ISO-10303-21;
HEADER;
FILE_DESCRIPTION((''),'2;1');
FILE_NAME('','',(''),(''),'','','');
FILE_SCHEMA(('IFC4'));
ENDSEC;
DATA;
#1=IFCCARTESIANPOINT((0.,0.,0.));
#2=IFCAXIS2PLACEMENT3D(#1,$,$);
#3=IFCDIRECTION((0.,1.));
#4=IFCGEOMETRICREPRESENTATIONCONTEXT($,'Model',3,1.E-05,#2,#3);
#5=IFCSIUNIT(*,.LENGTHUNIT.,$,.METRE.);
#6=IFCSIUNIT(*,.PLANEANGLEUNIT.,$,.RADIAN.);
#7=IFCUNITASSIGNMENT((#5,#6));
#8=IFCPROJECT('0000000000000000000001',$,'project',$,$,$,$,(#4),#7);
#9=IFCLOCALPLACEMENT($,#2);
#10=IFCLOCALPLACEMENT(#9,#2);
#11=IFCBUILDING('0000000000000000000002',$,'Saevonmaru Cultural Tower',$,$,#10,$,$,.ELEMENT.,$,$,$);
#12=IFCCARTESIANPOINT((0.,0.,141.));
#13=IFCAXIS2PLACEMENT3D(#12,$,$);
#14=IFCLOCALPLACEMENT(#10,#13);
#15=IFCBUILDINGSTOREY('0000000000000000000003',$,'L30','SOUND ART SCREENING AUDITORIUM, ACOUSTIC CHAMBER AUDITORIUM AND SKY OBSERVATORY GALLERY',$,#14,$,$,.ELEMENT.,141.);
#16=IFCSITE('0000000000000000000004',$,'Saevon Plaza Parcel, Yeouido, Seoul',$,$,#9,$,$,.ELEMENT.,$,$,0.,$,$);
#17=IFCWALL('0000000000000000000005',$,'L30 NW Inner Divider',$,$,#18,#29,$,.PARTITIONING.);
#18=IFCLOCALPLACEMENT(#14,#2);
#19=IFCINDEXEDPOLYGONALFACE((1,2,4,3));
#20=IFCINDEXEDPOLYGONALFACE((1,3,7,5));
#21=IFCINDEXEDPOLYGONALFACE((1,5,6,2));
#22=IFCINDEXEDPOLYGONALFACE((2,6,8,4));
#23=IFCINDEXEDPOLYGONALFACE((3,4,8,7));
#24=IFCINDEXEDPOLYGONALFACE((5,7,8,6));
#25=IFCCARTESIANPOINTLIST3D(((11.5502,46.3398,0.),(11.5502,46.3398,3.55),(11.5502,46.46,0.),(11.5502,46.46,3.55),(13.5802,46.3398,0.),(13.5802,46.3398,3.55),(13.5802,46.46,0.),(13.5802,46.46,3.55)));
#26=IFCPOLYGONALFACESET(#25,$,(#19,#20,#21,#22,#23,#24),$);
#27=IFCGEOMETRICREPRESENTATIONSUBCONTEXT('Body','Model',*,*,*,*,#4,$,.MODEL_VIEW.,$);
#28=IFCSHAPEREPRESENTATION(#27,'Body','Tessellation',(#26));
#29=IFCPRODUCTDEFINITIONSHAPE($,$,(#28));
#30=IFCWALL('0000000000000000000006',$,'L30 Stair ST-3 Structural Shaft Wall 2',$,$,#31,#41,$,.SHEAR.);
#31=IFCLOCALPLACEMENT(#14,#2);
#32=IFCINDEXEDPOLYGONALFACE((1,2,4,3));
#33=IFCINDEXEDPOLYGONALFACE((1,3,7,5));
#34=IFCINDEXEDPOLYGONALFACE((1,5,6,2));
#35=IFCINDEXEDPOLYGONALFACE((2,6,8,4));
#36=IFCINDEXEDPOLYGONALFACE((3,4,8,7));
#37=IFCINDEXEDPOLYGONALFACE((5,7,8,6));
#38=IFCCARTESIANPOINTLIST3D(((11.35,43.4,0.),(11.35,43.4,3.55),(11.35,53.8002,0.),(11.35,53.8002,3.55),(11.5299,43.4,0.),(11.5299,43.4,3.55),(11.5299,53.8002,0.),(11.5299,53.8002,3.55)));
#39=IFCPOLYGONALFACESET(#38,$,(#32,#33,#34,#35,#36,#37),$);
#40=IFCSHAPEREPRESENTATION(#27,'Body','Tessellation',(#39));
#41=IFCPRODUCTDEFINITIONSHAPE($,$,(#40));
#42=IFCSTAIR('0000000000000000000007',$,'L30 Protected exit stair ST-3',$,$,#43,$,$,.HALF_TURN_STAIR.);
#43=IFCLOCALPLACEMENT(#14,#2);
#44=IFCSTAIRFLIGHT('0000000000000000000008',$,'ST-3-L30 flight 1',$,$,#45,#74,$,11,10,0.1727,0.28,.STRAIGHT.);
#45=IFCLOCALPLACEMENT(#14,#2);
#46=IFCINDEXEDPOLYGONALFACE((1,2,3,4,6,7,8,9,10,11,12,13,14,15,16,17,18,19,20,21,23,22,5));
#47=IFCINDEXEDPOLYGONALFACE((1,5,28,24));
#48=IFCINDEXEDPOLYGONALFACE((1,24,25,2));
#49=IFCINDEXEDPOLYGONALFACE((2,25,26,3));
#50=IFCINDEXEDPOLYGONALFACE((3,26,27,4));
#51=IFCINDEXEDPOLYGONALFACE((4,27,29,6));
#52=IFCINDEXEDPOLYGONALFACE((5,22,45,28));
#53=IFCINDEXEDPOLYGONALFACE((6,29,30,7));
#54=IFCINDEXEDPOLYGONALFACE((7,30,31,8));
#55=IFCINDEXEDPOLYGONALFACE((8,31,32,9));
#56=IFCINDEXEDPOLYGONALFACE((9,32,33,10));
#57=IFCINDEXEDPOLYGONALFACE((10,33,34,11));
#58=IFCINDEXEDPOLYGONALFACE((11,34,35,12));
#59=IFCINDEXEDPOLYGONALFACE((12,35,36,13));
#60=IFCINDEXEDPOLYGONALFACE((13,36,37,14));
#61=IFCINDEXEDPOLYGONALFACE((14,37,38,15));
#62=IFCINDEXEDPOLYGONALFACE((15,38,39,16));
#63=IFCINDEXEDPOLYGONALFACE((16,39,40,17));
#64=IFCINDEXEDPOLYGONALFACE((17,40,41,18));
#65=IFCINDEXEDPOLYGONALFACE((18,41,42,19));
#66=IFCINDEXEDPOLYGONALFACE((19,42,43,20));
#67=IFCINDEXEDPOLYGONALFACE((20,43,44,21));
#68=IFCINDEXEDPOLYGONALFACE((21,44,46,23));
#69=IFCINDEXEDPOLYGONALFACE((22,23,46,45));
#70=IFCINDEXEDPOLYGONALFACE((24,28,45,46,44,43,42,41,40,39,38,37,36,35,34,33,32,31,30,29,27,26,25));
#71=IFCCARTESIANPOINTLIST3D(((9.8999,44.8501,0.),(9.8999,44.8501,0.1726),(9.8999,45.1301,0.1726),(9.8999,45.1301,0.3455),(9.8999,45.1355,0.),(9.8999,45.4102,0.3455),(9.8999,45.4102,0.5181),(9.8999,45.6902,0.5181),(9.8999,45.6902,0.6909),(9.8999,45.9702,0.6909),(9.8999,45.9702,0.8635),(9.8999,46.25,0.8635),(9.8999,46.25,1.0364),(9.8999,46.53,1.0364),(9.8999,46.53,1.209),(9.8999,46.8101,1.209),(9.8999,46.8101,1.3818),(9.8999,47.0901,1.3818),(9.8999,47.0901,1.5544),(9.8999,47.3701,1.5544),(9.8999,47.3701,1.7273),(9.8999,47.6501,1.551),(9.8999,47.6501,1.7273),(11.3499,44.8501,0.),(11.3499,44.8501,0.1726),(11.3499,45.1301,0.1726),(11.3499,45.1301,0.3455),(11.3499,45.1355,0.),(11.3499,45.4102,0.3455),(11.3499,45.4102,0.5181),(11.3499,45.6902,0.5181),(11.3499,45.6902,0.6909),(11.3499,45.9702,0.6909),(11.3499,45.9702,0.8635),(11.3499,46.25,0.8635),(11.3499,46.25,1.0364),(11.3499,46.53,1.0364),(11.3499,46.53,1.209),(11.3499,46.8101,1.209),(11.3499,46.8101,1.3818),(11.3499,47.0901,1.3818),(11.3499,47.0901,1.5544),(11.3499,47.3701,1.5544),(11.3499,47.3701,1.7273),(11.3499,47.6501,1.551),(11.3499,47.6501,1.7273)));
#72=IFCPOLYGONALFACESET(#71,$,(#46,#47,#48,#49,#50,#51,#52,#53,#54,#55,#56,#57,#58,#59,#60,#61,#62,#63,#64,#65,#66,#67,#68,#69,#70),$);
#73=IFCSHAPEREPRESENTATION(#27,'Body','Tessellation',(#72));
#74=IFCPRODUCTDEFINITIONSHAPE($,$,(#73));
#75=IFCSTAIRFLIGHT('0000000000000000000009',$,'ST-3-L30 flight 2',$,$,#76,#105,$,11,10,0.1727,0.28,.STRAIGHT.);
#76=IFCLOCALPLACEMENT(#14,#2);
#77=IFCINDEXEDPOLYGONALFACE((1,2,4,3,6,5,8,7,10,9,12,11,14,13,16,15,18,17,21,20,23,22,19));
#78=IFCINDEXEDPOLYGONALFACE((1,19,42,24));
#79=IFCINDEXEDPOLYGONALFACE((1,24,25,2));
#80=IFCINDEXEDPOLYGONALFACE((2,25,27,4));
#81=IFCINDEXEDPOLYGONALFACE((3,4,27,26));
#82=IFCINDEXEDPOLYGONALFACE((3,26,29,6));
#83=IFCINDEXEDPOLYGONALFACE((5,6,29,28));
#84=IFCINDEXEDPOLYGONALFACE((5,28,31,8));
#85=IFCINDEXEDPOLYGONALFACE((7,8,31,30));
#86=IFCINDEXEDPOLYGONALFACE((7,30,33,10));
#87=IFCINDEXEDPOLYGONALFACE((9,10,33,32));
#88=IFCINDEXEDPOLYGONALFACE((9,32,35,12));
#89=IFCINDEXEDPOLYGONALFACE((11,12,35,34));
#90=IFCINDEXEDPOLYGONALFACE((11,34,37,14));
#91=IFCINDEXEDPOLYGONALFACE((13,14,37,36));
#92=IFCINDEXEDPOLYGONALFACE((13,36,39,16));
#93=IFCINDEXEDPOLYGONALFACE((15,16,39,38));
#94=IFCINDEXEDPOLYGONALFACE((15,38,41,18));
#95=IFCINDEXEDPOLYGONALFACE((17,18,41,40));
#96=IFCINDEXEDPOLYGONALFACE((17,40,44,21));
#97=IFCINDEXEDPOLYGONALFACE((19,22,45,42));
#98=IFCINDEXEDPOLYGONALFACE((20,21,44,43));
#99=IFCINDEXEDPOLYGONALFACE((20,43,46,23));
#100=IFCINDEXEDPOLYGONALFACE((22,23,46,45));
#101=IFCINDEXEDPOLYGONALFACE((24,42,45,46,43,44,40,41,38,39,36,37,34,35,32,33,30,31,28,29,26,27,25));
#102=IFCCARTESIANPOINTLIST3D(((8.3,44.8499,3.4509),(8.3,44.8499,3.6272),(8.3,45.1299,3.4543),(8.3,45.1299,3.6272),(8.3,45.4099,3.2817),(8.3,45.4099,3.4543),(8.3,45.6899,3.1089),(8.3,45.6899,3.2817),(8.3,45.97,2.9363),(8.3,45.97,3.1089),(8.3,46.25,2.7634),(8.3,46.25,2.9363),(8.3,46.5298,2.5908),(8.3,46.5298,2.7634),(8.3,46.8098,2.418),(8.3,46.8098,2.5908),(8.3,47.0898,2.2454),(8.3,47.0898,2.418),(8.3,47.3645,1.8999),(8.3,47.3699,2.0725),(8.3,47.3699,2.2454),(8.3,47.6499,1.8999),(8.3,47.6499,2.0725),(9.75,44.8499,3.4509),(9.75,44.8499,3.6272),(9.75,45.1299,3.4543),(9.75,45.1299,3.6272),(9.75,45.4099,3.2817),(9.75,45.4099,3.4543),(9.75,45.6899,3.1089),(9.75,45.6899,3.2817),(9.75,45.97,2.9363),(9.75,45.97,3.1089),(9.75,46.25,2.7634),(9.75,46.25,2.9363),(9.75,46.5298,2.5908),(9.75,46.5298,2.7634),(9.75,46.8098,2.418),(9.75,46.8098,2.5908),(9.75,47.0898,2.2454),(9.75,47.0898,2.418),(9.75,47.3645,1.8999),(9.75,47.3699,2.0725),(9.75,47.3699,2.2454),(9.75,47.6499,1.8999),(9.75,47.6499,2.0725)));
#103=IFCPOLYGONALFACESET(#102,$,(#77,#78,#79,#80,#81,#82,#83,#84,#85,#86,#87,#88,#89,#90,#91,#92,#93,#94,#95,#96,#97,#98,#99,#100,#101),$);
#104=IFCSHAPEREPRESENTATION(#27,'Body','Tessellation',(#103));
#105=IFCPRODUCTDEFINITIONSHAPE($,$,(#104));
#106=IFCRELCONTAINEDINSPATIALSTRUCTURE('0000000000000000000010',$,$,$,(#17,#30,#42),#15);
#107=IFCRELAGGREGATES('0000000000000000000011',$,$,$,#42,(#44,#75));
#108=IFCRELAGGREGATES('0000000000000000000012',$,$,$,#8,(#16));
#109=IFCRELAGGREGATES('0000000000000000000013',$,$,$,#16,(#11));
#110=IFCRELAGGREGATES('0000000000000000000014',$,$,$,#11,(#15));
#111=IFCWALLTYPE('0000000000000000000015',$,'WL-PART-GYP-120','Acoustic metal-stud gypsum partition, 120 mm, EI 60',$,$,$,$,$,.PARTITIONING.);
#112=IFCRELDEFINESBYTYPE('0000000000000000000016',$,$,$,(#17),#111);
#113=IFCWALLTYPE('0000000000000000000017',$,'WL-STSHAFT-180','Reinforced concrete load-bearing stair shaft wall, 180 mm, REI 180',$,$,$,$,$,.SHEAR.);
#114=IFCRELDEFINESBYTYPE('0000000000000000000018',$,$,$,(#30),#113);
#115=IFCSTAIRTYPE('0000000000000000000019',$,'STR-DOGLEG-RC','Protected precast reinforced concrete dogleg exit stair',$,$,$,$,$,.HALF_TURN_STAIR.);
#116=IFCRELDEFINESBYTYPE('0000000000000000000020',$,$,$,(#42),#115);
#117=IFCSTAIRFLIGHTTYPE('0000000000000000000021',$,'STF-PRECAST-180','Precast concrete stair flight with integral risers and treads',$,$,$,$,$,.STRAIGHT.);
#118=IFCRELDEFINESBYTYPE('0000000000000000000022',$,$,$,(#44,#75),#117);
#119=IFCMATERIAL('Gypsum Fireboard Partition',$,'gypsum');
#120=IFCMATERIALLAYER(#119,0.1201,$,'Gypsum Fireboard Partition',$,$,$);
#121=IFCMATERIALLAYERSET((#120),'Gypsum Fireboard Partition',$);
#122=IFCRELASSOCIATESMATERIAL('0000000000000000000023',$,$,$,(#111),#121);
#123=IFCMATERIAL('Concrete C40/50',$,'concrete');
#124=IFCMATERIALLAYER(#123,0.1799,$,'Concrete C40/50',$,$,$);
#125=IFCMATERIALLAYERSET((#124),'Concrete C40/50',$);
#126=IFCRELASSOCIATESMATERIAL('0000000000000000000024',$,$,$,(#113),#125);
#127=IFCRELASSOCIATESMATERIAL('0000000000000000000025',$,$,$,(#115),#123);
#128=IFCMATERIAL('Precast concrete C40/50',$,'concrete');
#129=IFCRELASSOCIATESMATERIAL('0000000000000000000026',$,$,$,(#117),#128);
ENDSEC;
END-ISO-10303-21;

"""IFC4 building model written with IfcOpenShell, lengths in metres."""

from ifc_helpers import new_model, si_unit, direction, frame, frame_2d, origin, place, context, subcontext, project, spatial, polyline, rectangle, outline, extrude, material, layer, layer_set, type_object, element, aggregate, save


model = new_model("IFC4")

# Units and contexts
model_context = context("Model", 3, precision=1e-05, world=origin(), true_north=direction((0.0, 1.0)))
body_context = subcontext(model_context, "Body", "Model", "MODEL_VIEW")
ifc_project = project(units=[si_unit("LENGTHUNIT", "METRE"), si_unit("PLANEANGLEUNIT", "RADIAN")], contexts=[model_context])

# Site, building, storey
site_placement = place(None, origin())
site = spatial("IfcSite", under=ifc_project, at=site_placement, Name="Saevon Plaza Parcel, Yeouido, Seoul", CompositionType="ELEMENT", RefElevation=0.0)
building_placement = place(site_placement, origin())
building = spatial("IfcBuilding", under=site, at=building_placement, Name="Saevonmaru Cultural Tower", CompositionType="ELEMENT")
storey_placement = place(building_placement, frame((0.0, 0.0, 141.0)))
storey = spatial("IfcBuildingStorey", under=building, at=storey_placement, Name="L30", Description="SOUND ART SCREENING AUDITORIUM, ACOUSTIC CHAMBER AUDITORIUM AND SKY OBSERVATORY GALLERY", CompositionType="ELEMENT", Elevation=141.0)

# Shared definitions
ifc_material_1 = material(Name="Gypsum Fireboard Partition", Category="gypsum")

# Wall
ifc_layer_1 = layer(ifc_material_1, 0.1201, Name="Gypsum Fireboard Partition")
ifc_layer_set_1 = layer_set([ifc_layer_1], Name="Gypsum Fireboard Partition")
wall_type_1 = type_object("IfcWallType", Name="WL-PART-GYP-120", Description="Acoustic metal-stud gypsum partition, 120 mm, EI 60", PredefinedType="PARTITIONING", material=ifc_layer_set_1)
wall_1_placement = place(storey_placement, frame((11.55, 46.3999, 0.0), z_axis=(0.0, 0.0, 1.0), x_axis=(1.0, 0.0, 0.0)))
element("IfcWall", 1, at=wall_1_placement, inside=storey, type_object=wall_type_1, Name="L30 NW Inner Divider", PredefinedType="PARTITIONING", context=body_context, shape_type="SweptSolid", body=[
    extrude(rectangle(XDim=2.03, YDim=0.1201, at=frame_2d((1.0151, 0.0))), origin(), (0.0, 0.0, 1.0), 3.55),
])

# Shared definitions
ifc_material_2 = material(Name="Concrete C40/50", Category="concrete")
ifc_layer_2 = layer(ifc_material_2, 0.1799, Name="Concrete C40/50")
ifc_layer_set_2 = layer_set([ifc_layer_2], Name="Concrete C40/50")
wall_type_2 = type_object("IfcWallType", Name="WL-STSHAFT-180", Description="Reinforced concrete load-bearing stair shaft wall, 180 mm, REI 180", PredefinedType="SHEAR", material=ifc_layer_set_2)

# Wall
wall_2_placement = place(storey_placement, frame((11.4399, 43.3999, 0.0), z_axis=(0.0, 0.0, 1.0), x_axis=(0.0, 1.0, 0.0)))
element("IfcWall", 2, at=wall_2_placement, inside=storey, type_object=wall_type_2, Name="L30 Stair ST-3 Structural Shaft Wall 2", PredefinedType="SHEAR", context=body_context, shape_type="SweptSolid", body=[
    extrude(rectangle(XDim=10.4001, YDim=0.1799, at=frame_2d((5.2002, 0.0))), origin(), (0.0, 0.0, 1.0), 3.55),
])

# Stair, stair flights
stair_type = type_object("IfcStairType", Name="STR-DOGLEG-RC", Description="Protected precast reinforced concrete dogleg exit stair", PredefinedType="HALF_TURN_STAIR", material=ifc_material_2)
stair_placement = place(storey_placement, origin())
stair = element("IfcStair", 3, at=stair_placement, inside=storey, type_object=stair_type, Name="L30 Protected exit stair ST-3", PredefinedType="HALF_TURN_STAIR")
ifc_material_3 = material(Name="Precast concrete C40/50", Category="concrete")
stair_flight_type = type_object("IfcStairFlightType", Name="STF-PRECAST-180", Description="Precast concrete stair flight with integral risers and treads", PredefinedType="STRAIGHT", material=ifc_material_3)
stair_flight_1_placement = place(storey_placement, frame((10.625, 44.8501, 0.0), z_axis=(0.0, 0.0, 1.0), x_axis=(0.0, 1.0, 0.0)))
stair_flight_1 = element("IfcStairFlight", 4, at=stair_flight_1_placement, type_object=stair_flight_type, Name="ST-3-L30 flight 1", NumberOfRisers=11, NumberOfTreads=10, PredefinedType="STRAIGHT", RiserHeight=0.1727, TreadLength=0.28, context=body_context, shape_type="SweptSolid", body=[
    extrude(outline(polyline([(0.0, 0.0), (0.0, 0.1726), (0.28, 0.1726), (0.28, 0.3455), (0.5601, 0.3455), (0.5601, 0.5181), (0.8401, 0.5181), (0.8401, 0.6909), (1.1201, 0.6909), (1.1201, 0.8635), (1.3999, 0.8635), (1.3999, 1.0364), (1.6799, 1.0364), (1.6799, 1.209), (1.96, 1.209), (1.96, 1.3818), (2.24, 1.3818), (2.24, 1.5544), (2.52, 1.5544), (2.52, 1.7273), (2.8, 1.7273), (2.8, 1.8999), (2.8, 1.551), (0.2854, 0.0), (0.0, 0.0)])), frame((0.0, 0.7251, 0.0), z_axis=(0.0, -1.0, 0.0), x_axis=(1.0, 0.0, 0.0)), (0.0, 0.0, 1.0), 1.45),
])
stair_flight_2_placement = place(storey_placement, frame((9.0249, 47.6499, 1.8999), z_axis=(0.0, 0.0, 1.0), x_axis=(0.0, -1.0, 0.0)))
stair_flight_2 = element("IfcStairFlight", 5, at=stair_flight_2_placement, type_object=stair_flight_type, Name="ST-3-L30 flight 2", NumberOfRisers=11, NumberOfTreads=10, PredefinedType="STRAIGHT", RiserHeight=0.1727, TreadLength=0.28, context=body_context, shape_type="SweptSolid", body=[
    extrude(outline(polyline([(0.0, 0.0), (0.0, 0.1726), (0.28, 0.1726), (0.28, 0.3455), (0.5601, 0.3455), (0.5601, 0.5181), (0.8401, 0.5181), (0.8401, 0.6909), (1.1201, 0.6909), (1.1201, 0.8635), (1.3999, 0.8635), (1.3999, 1.0364), (1.6799, 1.0364), (1.6799, 1.209), (1.96, 1.209), (1.96, 1.3818), (2.24, 1.3818), (2.24, 1.5544), (2.52, 1.5544), (2.52, 1.7273), (2.8, 1.7273), (2.8, 1.8999), (2.8, 1.551), (0.2854, 0.0), (0.0, 0.0)])), frame((0.0, 0.7251, 0.0), z_axis=(0.0, -1.0, 0.0), x_axis=(1.0, 0.0, 0.0)), (0.0, 0.0, 1.0), 1.45),
])
aggregate(stair, [stair_flight_1, stair_flight_2])

save(model, "model.ifc")
